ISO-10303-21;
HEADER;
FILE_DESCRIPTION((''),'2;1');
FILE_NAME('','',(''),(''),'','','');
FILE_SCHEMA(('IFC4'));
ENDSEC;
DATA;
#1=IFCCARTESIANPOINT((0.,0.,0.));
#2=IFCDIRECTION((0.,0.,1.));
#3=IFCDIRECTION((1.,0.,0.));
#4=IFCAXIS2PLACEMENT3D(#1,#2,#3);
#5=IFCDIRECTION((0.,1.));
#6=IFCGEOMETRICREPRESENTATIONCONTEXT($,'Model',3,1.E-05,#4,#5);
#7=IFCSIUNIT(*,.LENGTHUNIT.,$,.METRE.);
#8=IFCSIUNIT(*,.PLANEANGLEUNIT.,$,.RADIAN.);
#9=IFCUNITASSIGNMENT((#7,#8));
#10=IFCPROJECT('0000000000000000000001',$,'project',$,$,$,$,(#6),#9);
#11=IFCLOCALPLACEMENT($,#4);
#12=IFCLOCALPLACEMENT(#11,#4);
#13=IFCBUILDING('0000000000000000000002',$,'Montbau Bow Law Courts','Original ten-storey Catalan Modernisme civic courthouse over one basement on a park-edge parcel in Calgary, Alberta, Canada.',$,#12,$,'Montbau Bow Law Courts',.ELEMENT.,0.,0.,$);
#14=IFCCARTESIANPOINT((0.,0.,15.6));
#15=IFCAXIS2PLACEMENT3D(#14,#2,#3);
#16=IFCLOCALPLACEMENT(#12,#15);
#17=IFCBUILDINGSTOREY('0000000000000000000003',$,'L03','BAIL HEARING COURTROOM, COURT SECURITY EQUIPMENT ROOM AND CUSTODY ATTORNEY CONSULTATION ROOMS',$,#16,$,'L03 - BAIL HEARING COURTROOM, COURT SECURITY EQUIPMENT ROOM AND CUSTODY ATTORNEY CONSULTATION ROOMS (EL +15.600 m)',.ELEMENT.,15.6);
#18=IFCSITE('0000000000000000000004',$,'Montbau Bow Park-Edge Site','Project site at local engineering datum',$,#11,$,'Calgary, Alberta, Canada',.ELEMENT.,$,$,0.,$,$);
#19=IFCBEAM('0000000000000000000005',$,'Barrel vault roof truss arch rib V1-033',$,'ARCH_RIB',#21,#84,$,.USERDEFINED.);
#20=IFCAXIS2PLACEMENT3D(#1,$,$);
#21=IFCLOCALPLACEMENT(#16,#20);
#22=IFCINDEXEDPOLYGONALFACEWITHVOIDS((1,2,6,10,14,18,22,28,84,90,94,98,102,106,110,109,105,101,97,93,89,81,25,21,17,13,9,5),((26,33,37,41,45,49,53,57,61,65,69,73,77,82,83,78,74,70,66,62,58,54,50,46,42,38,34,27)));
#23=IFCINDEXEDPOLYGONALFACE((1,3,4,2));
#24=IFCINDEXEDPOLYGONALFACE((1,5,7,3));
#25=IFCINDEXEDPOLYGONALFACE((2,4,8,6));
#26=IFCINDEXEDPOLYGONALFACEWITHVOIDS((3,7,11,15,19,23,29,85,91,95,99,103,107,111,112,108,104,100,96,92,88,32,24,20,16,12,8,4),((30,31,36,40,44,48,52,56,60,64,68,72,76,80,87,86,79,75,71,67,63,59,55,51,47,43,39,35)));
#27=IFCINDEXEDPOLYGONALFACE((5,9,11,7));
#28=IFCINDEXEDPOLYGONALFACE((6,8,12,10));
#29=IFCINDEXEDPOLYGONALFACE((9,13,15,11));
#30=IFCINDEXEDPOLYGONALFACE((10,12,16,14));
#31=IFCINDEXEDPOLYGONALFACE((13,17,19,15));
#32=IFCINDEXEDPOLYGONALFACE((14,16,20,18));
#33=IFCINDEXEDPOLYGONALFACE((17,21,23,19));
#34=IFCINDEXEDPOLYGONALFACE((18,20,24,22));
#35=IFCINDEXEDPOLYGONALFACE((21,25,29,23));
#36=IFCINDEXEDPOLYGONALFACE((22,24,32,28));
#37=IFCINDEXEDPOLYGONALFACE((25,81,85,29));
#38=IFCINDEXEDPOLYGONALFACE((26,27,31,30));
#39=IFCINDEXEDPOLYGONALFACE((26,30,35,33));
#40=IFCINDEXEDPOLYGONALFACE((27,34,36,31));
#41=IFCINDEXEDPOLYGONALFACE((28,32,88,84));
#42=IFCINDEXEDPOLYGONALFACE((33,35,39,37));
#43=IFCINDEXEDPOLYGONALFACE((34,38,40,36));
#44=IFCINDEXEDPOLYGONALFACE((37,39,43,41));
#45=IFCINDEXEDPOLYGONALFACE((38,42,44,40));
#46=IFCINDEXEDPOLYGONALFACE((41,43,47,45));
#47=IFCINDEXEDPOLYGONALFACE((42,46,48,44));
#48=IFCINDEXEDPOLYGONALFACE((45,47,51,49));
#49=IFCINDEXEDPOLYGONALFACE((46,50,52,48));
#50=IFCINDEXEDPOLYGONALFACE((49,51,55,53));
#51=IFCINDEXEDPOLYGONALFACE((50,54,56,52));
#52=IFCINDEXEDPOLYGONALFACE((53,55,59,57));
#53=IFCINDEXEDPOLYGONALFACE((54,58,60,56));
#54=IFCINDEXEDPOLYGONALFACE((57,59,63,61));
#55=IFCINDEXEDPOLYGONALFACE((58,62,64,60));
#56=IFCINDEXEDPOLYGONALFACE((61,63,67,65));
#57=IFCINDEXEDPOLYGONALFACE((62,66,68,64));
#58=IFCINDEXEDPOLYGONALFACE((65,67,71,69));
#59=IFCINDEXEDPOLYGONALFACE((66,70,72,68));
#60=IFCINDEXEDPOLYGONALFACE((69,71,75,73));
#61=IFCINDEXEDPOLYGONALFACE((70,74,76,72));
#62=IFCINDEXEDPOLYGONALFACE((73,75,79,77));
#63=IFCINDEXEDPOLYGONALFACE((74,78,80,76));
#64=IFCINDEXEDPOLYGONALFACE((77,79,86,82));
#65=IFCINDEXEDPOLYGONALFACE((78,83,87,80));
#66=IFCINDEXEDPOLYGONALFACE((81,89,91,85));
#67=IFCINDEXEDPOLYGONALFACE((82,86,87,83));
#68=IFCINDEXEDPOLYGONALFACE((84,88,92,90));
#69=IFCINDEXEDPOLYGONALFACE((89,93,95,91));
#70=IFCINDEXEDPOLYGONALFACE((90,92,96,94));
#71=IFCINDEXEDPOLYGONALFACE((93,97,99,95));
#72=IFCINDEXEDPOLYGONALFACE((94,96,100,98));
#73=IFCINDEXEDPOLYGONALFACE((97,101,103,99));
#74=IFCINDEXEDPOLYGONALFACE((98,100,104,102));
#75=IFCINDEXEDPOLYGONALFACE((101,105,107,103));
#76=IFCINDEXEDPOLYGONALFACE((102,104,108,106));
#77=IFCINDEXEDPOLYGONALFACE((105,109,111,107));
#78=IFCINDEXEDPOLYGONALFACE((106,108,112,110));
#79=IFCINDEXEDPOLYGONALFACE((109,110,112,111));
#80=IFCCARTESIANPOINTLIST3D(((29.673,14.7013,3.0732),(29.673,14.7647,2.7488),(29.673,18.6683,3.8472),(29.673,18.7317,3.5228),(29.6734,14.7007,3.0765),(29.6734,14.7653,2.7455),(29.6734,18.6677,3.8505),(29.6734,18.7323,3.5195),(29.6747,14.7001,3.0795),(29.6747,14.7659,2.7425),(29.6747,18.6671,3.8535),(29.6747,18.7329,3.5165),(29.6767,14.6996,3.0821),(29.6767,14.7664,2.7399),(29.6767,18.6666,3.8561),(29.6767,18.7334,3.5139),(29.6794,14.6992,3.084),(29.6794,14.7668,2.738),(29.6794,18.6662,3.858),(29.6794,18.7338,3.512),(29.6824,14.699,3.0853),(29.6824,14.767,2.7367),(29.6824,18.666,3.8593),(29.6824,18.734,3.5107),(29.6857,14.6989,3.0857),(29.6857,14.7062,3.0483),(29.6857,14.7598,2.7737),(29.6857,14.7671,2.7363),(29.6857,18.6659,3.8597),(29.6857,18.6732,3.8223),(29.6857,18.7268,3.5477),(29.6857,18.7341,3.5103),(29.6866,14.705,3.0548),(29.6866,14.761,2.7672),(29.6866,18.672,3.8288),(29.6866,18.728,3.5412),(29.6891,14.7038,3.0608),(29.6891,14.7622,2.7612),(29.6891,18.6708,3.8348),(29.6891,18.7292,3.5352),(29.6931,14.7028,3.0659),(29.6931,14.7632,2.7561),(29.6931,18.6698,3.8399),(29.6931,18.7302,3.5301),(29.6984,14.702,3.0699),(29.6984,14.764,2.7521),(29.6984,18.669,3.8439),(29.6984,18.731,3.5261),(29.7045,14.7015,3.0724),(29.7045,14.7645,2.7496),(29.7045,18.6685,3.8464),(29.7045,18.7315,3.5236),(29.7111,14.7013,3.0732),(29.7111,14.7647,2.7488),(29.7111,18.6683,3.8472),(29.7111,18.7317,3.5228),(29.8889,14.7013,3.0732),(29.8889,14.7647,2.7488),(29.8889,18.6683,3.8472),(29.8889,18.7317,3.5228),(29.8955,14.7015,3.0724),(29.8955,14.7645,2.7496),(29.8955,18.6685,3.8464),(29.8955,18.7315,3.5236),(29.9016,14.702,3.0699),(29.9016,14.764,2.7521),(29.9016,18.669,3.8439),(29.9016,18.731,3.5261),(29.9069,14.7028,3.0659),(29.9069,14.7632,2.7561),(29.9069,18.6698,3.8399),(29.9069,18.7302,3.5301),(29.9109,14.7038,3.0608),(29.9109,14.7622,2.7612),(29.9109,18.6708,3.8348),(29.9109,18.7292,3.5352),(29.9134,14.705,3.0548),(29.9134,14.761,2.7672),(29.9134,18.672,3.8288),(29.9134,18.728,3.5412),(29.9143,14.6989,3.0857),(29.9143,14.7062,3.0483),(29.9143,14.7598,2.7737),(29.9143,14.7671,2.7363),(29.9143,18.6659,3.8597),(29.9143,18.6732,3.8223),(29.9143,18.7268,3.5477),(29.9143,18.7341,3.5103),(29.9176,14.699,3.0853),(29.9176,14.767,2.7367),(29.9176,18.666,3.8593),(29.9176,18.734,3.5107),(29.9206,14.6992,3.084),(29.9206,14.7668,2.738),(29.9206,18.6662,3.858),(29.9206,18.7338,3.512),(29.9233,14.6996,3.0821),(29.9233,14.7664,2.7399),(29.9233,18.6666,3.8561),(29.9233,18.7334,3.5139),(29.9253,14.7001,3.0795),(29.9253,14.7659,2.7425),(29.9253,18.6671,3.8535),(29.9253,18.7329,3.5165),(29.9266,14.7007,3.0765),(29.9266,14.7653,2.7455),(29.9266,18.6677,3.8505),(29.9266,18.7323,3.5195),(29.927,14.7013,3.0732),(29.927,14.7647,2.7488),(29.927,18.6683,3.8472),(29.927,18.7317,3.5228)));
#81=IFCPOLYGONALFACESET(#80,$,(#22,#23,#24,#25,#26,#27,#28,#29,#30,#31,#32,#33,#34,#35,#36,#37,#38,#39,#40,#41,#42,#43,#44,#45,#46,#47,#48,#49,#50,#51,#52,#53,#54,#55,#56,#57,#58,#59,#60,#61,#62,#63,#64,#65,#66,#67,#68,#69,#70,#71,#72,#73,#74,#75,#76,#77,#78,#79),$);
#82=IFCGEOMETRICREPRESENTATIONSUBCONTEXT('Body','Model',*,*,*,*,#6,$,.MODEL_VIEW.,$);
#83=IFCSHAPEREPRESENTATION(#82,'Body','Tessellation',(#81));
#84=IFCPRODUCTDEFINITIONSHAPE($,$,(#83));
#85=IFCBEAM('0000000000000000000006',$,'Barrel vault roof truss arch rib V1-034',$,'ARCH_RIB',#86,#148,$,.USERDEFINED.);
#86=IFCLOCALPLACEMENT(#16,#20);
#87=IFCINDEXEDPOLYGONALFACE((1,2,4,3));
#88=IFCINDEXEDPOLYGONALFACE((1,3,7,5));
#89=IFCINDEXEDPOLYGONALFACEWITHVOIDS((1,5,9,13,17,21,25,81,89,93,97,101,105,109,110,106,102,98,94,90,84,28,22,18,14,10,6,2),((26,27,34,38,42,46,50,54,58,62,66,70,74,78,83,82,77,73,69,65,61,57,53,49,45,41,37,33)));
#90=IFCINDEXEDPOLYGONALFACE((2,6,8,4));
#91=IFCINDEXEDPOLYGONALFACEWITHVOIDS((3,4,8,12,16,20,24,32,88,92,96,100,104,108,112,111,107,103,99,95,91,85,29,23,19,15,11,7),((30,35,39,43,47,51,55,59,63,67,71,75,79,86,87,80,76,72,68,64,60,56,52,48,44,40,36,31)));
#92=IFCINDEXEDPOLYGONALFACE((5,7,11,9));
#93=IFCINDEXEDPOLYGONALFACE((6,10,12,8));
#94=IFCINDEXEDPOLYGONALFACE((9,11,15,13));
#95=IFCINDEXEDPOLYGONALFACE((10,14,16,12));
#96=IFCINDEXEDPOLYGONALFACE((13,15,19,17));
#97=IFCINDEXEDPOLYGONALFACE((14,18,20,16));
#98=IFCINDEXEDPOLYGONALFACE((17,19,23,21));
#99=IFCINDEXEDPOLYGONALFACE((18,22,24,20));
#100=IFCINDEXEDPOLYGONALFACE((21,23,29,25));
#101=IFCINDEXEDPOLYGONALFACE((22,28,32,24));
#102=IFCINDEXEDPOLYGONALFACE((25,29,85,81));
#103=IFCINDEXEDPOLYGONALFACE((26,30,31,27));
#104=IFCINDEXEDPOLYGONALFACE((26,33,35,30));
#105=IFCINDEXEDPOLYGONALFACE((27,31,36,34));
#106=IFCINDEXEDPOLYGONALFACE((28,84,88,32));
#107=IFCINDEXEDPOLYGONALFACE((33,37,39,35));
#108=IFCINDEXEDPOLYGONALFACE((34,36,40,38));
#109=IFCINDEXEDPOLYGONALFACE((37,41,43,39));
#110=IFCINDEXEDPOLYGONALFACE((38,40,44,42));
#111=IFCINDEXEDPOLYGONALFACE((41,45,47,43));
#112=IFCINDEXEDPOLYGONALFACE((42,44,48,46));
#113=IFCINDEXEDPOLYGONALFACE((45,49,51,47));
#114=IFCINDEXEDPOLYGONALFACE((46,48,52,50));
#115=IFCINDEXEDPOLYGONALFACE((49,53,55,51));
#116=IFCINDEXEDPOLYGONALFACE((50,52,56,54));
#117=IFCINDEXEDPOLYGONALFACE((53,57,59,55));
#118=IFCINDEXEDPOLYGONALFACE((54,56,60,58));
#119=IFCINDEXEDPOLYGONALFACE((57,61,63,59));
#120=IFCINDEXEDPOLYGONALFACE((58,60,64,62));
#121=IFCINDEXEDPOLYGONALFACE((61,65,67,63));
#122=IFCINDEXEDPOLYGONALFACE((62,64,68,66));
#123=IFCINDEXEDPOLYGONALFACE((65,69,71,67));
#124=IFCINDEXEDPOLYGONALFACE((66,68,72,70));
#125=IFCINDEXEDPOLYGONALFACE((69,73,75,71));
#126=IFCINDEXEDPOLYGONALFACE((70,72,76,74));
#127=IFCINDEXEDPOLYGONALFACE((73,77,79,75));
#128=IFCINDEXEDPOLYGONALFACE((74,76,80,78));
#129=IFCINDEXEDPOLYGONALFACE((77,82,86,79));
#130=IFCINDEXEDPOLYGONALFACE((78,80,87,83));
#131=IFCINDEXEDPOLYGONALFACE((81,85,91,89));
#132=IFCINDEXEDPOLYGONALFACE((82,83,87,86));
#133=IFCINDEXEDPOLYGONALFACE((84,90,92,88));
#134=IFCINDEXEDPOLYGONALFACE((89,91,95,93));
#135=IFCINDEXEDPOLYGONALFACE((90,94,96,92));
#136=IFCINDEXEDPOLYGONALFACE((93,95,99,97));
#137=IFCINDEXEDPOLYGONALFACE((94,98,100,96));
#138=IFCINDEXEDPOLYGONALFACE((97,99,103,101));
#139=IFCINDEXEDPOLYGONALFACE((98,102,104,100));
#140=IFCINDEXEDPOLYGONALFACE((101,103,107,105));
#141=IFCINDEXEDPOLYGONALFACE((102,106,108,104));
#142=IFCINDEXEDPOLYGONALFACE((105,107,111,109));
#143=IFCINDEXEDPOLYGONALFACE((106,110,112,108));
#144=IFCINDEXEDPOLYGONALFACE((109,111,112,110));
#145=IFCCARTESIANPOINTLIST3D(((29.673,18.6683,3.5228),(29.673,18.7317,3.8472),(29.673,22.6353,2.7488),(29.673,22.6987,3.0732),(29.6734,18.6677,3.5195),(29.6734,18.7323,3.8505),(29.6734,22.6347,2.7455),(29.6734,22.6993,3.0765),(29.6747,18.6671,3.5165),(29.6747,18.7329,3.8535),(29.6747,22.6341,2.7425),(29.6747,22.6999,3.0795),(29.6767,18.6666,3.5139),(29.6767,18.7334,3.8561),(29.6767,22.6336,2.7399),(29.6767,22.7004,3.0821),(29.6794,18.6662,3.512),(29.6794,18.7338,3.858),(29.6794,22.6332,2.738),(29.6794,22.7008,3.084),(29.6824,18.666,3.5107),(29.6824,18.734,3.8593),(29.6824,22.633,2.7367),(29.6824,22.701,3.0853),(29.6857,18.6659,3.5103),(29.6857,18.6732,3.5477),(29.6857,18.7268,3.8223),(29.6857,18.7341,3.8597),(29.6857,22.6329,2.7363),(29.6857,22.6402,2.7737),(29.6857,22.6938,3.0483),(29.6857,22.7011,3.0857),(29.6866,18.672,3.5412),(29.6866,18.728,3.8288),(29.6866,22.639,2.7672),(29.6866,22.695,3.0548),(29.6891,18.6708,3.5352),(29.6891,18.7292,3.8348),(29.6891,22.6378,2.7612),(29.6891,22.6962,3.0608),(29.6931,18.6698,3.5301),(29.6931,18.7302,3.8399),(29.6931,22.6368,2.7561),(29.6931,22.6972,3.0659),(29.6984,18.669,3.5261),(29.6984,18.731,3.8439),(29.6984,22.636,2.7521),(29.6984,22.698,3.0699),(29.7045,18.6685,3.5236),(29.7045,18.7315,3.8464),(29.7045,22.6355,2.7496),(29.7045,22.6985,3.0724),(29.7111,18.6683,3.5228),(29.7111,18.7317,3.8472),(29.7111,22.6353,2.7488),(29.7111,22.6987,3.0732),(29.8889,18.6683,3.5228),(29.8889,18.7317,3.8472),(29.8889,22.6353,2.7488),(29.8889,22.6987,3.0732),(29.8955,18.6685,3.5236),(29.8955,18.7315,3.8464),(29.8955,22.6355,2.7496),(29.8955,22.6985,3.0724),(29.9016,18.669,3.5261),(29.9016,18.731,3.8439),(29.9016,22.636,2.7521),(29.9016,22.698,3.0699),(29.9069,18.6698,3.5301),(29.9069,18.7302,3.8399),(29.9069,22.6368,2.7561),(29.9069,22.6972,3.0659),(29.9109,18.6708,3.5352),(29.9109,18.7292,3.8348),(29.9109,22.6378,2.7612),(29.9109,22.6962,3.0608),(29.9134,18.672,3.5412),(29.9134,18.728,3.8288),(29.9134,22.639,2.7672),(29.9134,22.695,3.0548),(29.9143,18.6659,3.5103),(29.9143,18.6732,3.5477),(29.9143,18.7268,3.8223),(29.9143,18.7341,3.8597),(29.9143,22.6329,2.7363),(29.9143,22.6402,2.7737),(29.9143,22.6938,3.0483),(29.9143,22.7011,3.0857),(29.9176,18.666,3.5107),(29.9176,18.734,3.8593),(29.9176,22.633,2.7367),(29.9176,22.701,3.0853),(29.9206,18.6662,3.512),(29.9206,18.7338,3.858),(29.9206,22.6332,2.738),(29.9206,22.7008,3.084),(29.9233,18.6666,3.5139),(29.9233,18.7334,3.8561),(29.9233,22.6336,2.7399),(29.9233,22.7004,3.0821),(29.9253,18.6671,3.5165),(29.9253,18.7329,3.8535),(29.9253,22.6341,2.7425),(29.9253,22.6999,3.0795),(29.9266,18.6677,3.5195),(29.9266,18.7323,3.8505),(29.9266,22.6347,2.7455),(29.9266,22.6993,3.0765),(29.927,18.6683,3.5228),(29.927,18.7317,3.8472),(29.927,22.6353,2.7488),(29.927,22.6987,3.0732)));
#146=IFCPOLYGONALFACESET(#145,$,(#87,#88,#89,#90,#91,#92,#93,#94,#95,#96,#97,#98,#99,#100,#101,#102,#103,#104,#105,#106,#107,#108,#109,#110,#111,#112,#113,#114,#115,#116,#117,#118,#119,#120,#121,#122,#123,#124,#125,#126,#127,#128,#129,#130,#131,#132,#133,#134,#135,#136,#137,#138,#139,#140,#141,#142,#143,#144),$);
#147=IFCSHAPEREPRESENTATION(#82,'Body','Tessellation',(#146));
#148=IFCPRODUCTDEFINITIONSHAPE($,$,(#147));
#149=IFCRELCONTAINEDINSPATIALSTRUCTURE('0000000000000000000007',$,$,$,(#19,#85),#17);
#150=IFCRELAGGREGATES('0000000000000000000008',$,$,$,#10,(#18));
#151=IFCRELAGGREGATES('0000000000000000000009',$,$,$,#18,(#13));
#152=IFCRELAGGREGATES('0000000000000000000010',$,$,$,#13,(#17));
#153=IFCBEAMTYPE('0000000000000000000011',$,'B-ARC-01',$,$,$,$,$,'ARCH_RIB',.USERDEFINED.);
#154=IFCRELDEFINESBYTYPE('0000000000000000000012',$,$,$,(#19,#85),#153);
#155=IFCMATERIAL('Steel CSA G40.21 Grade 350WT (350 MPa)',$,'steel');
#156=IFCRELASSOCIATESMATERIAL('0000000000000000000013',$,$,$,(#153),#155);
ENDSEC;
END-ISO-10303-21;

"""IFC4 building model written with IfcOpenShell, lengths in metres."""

from ifc_helpers import new_model, si_unit, direction, frame, origin_with_axes, origin_2d_with_axis, place, context, subcontext, project, spatial, hollow_rectangle, extrude, material, material_profile, profile_set, type_object, element, save


model = new_model("IFC4")

# Units and contexts
model_context = context("Model", 3, precision=1e-05, world=origin_with_axes(), true_north=direction((0.0, 1.0)))
body_context = subcontext(model_context, "Body", "Model", "MODEL_VIEW")
ifc_project = project(units=[si_unit("LENGTHUNIT", "METRE"), si_unit("PLANEANGLEUNIT", "RADIAN")], contexts=[model_context])

# Site, building, storey
site_placement = place(None, origin_with_axes())
site = spatial("IfcSite", under=ifc_project, at=site_placement, Name="Montbau Bow Park-Edge Site", Description="Project site at local engineering datum", LongName="Calgary, Alberta, Canada", CompositionType="ELEMENT", RefElevation=0.0)
building_placement = place(site_placement, origin_with_axes())
building = spatial("IfcBuilding", under=site, at=building_placement, Name="Montbau Bow Law Courts", Description="Original ten-storey Catalan Modernisme civic courthouse over one basement on a park-edge parcel in Calgary, Alberta, Canada.", LongName="Montbau Bow Law Courts", CompositionType="ELEMENT", ElevationOfRefHeight=0.0, ElevationOfTerrain=0.0)
storey_placement = place(building_placement, frame((0.0, 0.0, 15.6), z_axis=(0.0, 0.0, 1.0), x_axis=(1.0, 0.0, 0.0)))
storey = spatial("IfcBuildingStorey", under=building, at=storey_placement, Name="L03", Description="BAIL HEARING COURTROOM, COURT SECURITY EQUIPMENT ROOM AND CUSTODY ATTORNEY CONSULTATION ROOMS", LongName="L03 - BAIL HEARING COURTROOM, COURT SECURITY EQUIPMENT ROOM AND CUSTODY ATTORNEY CONSULTATION ROOMS (EL +15.600 m)", CompositionType="ELEMENT", Elevation=15.6)

# Beams
ifc_material_1 = material(Name="Steel CSA G40.21 Grade 350WT (350 MPa)", Category="steel")
ifc_material_profile_1 = material_profile(ifc_material_1, hollow_rectangle(XDim=0.254, YDim=0.356, WallThickness=0.0127, InnerFilletRadius=0.0254, OuterFilletRadius=0.0127, at=origin_2d_with_axis()), Name="HSS356X254X13", Category="Main", Priority=0)
ifc_profile_set_1 = profile_set([ifc_material_profile_1], Name="Steel CSA G40.21 Grade 350WT (350 MPa)")
beam_type = type_object("IfcBeamType", Name="B-ARC-01", ElementType="ARCH_RIB", PredefinedType="USERDEFINED", material=ifc_profile_set_1)
for number, where, z_axis, x_axis, name in (
    (1, (29.8, 14.733, 18.511), (0.0, 0.981493, 0.191499), (-1.0, 0.0, 0.0), "Barrel vault roof truss arch rib V1-033"),
    (2, (29.8, 18.7, 19.285), (0.0, 0.981493, -0.191499), (-1.0, 0.0, 0.0), "Barrel vault roof truss arch rib V1-034"),
):
    element("IfcBeam", number, at=place(None, frame(where, z_axis=z_axis, x_axis=x_axis)), inside=storey, type_object=beam_type, Name=name, ObjectType="ARCH_RIB", PredefinedType="USERDEFINED", context=body_context, shape_type="SweptSolid", body=[
        extrude(hollow_rectangle(XDim=0.254, YDim=0.356, WallThickness=0.0127, InnerFilletRadius=0.0254, OuterFilletRadius=0.0127, at=origin_2d_with_axis()), origin_with_axes(), (0.0, 0.0, 1.0), 4.0418),
    ])

save(model, "model.ifc")
